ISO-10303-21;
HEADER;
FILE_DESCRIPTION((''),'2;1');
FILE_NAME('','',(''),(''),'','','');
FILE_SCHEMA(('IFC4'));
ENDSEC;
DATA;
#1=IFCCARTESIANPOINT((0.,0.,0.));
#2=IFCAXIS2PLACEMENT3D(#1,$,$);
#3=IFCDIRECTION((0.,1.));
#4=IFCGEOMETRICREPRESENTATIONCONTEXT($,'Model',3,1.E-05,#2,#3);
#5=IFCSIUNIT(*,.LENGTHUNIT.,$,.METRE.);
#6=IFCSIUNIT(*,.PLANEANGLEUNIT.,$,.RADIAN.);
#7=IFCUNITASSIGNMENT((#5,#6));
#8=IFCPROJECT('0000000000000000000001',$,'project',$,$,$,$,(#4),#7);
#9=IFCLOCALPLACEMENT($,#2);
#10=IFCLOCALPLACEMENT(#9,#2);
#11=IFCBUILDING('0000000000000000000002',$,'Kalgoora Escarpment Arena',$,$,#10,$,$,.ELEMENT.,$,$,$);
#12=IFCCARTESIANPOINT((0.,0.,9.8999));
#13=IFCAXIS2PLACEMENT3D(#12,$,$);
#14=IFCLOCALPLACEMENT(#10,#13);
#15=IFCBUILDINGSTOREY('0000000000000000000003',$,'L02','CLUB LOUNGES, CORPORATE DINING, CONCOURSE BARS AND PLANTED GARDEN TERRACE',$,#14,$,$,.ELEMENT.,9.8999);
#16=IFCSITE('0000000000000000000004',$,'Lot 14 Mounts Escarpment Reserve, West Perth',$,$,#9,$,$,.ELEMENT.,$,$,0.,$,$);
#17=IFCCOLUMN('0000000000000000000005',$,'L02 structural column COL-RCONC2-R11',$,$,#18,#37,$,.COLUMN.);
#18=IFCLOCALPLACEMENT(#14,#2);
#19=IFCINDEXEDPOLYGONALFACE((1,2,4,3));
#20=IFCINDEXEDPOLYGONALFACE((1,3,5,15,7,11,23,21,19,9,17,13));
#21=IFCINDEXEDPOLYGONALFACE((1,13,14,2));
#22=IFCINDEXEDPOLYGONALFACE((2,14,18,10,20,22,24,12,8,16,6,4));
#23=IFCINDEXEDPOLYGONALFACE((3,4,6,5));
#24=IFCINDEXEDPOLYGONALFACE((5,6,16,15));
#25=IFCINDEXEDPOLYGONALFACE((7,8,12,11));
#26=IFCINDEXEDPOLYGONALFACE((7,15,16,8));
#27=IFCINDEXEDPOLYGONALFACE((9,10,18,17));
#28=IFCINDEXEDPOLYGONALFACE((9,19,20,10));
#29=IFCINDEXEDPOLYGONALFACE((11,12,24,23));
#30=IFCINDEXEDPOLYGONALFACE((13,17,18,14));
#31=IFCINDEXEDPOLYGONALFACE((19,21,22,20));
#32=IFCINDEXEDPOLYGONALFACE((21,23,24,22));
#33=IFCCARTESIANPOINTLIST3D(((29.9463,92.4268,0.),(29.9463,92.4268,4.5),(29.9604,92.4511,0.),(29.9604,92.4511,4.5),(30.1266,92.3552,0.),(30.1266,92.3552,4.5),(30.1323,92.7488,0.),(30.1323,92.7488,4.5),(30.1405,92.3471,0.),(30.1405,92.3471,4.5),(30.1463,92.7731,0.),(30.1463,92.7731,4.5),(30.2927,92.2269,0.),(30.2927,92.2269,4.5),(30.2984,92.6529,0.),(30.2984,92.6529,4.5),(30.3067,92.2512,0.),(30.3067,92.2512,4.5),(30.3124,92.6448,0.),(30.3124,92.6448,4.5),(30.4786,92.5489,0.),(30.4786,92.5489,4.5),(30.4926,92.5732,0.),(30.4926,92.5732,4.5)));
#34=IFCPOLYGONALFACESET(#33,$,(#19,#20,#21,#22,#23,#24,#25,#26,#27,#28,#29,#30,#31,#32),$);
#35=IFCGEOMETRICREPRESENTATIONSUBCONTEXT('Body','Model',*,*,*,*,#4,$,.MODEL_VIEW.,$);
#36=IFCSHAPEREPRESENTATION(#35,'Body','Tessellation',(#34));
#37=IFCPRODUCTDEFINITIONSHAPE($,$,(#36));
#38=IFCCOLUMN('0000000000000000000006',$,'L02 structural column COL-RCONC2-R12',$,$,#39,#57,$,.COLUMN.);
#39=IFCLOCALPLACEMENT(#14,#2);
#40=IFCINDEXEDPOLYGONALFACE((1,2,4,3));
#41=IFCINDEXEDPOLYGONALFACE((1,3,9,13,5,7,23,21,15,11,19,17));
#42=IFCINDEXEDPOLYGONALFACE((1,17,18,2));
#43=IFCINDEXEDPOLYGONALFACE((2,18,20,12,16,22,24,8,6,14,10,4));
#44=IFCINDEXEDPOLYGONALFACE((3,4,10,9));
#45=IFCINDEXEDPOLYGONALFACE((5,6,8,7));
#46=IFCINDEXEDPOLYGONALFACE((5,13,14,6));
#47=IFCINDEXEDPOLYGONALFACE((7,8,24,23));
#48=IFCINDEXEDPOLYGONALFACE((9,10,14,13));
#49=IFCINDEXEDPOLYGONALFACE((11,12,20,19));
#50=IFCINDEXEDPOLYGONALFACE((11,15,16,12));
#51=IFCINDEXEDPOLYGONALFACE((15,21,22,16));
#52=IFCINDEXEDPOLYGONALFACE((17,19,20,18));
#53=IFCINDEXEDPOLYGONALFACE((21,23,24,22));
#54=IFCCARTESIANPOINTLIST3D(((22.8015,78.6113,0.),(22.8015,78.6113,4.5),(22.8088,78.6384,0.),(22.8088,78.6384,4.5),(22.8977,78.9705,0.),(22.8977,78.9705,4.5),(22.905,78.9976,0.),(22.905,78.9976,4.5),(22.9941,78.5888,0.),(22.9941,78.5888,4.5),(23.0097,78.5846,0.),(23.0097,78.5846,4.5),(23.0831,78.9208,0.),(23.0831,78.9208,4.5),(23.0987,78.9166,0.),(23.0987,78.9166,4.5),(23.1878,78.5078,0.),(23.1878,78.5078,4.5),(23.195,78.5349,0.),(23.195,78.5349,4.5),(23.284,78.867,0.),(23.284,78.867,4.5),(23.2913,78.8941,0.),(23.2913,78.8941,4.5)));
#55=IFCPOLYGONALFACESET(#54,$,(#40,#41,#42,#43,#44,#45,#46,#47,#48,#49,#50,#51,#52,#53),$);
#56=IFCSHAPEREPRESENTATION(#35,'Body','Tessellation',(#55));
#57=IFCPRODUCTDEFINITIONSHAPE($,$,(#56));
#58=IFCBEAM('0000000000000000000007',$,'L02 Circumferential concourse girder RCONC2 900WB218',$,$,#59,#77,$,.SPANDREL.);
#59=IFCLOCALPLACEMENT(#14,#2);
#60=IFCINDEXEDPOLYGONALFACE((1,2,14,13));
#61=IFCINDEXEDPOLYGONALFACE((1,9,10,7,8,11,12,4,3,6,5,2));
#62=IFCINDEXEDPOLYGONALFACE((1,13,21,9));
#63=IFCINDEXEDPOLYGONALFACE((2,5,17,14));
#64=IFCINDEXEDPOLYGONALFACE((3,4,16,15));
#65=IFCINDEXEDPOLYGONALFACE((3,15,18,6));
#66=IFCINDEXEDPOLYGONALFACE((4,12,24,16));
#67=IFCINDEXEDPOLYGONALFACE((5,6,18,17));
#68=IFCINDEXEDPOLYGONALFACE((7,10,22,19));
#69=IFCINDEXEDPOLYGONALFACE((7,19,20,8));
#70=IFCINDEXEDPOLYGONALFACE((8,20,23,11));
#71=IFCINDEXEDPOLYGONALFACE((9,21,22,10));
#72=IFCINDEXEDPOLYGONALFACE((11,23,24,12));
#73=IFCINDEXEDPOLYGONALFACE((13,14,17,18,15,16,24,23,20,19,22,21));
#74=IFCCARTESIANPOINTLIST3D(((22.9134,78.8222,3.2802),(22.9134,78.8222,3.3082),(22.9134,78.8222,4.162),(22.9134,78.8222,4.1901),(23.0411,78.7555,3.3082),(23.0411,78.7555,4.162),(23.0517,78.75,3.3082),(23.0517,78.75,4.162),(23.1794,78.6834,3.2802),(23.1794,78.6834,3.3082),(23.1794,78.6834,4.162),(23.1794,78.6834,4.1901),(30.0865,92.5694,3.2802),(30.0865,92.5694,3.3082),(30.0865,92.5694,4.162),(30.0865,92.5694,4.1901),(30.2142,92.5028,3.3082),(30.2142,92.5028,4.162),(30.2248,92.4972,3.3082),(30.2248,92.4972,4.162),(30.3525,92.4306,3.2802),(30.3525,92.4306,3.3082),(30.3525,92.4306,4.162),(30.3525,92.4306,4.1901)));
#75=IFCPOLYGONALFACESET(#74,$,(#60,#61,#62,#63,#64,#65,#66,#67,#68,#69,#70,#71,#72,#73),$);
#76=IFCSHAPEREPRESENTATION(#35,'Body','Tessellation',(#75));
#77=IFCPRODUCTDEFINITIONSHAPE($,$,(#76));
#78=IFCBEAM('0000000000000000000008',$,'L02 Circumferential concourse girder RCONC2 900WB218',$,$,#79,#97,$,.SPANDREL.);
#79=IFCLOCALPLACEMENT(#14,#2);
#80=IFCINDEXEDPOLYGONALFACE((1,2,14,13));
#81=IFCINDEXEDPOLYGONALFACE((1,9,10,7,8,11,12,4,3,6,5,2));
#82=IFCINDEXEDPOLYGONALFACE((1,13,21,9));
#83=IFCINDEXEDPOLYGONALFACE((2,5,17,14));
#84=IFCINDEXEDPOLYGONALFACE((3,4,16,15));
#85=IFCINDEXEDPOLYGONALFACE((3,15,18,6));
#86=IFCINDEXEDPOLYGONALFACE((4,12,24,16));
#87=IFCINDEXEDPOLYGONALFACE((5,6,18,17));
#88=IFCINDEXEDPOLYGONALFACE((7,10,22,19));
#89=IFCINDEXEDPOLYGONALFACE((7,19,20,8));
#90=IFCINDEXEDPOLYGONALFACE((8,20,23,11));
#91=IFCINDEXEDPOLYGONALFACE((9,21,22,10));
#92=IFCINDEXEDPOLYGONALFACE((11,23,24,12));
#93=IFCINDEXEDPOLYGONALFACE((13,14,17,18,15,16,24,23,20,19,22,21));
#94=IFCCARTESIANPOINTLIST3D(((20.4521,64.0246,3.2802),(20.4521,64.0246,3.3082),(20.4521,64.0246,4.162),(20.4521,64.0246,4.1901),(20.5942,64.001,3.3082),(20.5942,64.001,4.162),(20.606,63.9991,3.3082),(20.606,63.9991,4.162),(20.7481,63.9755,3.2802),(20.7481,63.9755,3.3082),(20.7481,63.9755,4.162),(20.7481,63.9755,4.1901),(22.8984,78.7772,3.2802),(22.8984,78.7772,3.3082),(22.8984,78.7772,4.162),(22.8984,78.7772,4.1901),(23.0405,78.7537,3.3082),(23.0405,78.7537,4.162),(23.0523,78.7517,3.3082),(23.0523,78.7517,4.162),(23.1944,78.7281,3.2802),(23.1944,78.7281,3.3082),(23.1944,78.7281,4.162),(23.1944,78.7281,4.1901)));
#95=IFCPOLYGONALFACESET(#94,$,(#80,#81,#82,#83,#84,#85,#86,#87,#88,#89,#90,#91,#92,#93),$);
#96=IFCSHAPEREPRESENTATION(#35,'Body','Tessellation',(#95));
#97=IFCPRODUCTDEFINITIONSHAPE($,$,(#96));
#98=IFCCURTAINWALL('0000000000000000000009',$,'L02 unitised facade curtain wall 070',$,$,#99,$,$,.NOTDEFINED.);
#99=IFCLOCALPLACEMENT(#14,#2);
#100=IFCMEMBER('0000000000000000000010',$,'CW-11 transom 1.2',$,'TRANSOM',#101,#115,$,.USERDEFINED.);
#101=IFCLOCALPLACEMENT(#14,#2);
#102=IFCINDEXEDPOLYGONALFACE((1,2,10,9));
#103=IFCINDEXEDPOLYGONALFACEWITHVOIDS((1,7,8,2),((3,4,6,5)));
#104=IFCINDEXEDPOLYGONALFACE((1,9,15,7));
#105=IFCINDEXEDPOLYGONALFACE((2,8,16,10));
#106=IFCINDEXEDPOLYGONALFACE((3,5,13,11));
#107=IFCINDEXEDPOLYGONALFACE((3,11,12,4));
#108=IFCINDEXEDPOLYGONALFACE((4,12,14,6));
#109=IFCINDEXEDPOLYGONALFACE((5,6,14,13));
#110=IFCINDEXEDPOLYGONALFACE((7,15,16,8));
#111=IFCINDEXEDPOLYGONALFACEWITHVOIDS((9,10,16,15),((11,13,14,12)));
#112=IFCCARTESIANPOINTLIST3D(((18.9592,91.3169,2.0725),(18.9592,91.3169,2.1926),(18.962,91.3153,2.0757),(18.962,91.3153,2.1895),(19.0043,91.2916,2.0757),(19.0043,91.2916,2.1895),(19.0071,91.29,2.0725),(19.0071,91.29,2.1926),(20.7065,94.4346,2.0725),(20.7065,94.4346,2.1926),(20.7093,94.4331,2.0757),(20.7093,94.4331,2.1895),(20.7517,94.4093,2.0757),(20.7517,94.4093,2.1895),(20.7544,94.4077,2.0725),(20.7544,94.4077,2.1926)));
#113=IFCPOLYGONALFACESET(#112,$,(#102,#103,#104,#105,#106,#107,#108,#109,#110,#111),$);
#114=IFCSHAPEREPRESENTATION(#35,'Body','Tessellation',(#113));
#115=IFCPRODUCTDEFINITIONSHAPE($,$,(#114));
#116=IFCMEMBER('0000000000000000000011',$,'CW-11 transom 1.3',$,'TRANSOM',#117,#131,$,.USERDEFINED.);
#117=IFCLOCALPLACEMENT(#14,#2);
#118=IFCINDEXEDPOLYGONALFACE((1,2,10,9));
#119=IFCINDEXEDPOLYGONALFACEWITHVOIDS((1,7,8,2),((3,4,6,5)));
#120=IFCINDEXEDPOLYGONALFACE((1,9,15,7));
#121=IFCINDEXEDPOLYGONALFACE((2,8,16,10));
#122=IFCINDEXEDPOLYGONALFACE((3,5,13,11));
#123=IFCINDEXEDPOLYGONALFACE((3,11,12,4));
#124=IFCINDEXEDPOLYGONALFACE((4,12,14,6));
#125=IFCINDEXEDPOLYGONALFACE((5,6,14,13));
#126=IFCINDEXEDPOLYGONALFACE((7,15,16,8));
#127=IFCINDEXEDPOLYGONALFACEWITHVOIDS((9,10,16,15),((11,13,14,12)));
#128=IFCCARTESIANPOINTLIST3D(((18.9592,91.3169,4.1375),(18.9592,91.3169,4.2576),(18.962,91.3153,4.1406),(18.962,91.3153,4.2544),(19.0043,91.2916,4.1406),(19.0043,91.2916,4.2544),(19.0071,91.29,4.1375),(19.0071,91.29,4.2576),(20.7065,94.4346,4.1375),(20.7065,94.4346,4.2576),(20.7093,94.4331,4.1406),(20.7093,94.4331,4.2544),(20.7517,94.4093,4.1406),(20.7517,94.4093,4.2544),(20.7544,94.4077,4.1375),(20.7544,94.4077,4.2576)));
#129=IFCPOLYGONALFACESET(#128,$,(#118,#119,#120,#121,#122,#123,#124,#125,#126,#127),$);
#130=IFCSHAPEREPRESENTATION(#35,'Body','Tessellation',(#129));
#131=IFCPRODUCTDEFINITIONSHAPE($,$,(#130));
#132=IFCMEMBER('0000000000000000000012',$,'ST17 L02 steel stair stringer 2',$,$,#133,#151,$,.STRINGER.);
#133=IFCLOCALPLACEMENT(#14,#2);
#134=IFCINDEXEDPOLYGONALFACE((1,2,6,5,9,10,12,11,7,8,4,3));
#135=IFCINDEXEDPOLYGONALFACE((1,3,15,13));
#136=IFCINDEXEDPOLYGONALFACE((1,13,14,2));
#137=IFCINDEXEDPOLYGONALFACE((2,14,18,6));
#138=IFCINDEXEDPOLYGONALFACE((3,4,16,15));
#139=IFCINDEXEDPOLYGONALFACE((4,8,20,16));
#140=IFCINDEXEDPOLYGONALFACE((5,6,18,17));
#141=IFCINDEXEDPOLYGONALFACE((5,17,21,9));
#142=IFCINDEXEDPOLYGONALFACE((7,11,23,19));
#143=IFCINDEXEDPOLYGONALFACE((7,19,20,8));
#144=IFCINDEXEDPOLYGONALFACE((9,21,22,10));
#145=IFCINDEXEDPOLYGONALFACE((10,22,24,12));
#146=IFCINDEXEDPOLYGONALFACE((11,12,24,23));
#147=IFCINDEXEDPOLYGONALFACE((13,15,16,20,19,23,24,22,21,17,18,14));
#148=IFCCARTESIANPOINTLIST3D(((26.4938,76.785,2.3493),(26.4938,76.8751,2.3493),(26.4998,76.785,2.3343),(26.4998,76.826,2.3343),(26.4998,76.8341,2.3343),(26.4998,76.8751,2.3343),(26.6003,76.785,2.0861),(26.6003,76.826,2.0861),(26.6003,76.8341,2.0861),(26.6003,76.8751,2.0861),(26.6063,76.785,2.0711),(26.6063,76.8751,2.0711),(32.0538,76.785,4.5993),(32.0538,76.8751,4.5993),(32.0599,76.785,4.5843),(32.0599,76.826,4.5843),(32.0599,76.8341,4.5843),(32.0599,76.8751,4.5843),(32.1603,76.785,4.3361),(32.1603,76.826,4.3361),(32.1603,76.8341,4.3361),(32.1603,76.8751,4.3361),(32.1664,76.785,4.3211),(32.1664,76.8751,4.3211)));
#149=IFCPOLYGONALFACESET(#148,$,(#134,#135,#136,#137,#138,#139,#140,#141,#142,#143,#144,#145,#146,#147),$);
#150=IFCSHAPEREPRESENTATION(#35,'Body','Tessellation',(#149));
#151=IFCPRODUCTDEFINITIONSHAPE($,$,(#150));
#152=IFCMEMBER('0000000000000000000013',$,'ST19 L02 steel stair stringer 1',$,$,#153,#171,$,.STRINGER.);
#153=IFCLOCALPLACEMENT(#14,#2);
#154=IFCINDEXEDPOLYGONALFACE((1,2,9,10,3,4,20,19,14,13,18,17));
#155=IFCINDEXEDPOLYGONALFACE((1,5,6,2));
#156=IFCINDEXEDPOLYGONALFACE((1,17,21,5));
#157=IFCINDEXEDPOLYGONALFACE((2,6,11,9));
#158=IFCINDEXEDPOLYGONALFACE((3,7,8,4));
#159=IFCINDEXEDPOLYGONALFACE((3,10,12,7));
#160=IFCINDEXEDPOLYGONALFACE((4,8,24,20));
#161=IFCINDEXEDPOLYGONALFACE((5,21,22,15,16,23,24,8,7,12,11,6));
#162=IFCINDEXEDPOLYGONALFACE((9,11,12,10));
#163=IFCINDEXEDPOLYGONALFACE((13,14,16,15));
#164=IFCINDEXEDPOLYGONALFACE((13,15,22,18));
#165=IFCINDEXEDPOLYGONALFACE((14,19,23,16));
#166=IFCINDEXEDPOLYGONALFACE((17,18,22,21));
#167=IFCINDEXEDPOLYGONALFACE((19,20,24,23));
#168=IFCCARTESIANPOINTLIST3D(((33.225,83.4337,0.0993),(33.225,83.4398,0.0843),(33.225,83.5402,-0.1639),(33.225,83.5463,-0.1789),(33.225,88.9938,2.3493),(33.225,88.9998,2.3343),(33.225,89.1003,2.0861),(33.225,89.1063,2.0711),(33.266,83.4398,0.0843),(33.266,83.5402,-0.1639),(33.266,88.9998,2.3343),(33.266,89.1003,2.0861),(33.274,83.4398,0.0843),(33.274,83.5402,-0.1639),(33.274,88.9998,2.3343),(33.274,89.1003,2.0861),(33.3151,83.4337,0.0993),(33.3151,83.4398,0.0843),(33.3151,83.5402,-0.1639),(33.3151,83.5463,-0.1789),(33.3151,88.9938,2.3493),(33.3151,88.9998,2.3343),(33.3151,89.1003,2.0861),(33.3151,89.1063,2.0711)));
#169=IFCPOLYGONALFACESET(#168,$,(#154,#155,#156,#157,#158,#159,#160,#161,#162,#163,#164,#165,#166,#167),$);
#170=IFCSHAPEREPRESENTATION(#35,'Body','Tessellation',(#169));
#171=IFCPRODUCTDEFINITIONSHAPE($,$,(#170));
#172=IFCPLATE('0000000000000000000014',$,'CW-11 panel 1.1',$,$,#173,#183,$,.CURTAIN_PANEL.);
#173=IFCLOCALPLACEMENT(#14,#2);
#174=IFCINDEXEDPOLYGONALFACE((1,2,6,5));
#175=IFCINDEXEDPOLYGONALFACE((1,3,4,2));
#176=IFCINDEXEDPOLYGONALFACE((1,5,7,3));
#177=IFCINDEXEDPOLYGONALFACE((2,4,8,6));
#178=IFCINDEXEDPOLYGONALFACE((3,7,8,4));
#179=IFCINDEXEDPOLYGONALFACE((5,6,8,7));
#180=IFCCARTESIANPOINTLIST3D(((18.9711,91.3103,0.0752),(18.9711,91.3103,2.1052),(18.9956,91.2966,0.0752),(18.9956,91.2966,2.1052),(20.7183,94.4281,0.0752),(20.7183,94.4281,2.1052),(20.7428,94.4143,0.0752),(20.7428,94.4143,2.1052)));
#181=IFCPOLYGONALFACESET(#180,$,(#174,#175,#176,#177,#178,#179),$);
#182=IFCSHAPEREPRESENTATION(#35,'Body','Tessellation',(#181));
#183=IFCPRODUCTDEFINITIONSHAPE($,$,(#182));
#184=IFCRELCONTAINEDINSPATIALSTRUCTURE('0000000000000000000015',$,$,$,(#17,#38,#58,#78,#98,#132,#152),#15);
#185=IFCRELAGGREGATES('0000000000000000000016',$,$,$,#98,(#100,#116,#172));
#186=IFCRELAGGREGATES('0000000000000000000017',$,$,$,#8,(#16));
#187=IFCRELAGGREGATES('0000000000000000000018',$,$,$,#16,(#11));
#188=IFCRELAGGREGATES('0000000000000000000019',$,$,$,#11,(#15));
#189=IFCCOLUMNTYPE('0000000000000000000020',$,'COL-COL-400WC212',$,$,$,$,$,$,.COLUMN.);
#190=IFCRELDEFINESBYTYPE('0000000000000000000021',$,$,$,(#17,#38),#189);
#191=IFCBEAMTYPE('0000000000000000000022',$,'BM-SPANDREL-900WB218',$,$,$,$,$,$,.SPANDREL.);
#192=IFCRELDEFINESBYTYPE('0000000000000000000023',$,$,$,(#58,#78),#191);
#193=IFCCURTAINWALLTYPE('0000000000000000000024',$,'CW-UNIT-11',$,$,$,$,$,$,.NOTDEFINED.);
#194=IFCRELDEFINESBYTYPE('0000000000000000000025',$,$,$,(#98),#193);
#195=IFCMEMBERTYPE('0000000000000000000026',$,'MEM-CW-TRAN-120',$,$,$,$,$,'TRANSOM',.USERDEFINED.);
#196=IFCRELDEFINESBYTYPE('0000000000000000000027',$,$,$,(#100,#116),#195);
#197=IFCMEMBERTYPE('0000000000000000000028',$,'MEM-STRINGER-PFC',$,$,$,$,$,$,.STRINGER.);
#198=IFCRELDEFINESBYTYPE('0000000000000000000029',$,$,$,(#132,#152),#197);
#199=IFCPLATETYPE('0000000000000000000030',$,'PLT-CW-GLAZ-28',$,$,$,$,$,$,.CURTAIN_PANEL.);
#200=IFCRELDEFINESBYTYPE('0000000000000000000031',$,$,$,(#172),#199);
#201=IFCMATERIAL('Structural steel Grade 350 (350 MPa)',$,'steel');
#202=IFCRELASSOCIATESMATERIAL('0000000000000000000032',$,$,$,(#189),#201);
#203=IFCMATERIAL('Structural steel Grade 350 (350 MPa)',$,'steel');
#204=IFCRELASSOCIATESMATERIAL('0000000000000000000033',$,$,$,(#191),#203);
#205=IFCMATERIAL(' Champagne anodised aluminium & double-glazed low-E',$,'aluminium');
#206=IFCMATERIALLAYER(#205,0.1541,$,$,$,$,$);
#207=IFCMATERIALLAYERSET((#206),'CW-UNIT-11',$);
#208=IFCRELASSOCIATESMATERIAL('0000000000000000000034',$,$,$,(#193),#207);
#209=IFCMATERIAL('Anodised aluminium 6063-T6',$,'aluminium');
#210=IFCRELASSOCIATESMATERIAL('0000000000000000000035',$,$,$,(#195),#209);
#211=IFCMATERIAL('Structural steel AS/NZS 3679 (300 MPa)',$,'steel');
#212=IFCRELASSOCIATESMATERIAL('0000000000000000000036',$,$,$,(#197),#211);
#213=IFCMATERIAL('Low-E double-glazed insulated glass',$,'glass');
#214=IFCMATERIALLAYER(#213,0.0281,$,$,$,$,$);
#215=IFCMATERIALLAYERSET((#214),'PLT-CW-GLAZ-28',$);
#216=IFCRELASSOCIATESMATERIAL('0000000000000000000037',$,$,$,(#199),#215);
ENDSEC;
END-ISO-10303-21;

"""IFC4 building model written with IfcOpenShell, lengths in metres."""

from ifc_helpers import new_model, si_unit, direction, frame, origin, origin_2d, place, context, subcontext, project, spatial, rectangle, hollow_rectangle, i_section, extrude, material, layer, layer_set, material_profile, profile_set, type_object, element, aggregate, save


model = new_model("IFC4")

# Units and contexts
model_context = context("Model", 3, precision=1e-05, world=origin(), true_north=direction((0.0, 1.0)))
body_context = subcontext(model_context, "Body", "Model", "MODEL_VIEW")
ifc_project = project(units=[si_unit("LENGTHUNIT", "METRE"), si_unit("PLANEANGLEUNIT", "RADIAN")], contexts=[model_context])

# Site, building, storey
site_placement = place(None, origin())
site = spatial("IfcSite", under=ifc_project, at=site_placement, Name="Lot 14 Mounts Escarpment Reserve, West Perth", CompositionType="ELEMENT", RefElevation=0.0)
building_placement = place(site_placement, origin())
building = spatial("IfcBuilding", under=site, at=building_placement, Name="Kalgoora Escarpment Arena", CompositionType="ELEMENT")
storey_placement = place(building_placement, frame((0.0, 0.0, 9.8999)))
storey = spatial("IfcBuildingStorey", under=building, at=storey_placement, Name="L02", Description="CLUB LOUNGES, CORPORATE DINING, CONCOURSE BARS AND PLANTED GARDEN TERRACE", CompositionType="ELEMENT", Elevation=9.8999)

# Columns
ifc_material_1 = material(Name="Structural steel Grade 350 (350 MPa)", Category="steel")
ifc_material_profile_1 = material_profile(ifc_material_1, i_section(OverallWidth=0.3999, OverallDepth=0.3999, WebThickness=0.0161, FlangeThickness=0.0281, at=origin_2d()))
ifc_profile_set_1 = profile_set([ifc_material_profile_1], Name="Structural steel Grade 350 (350 MPa)")
column_type = type_object("IfcColumnType", Name="COL-COL-400WC212", PredefinedType="COLUMN", material=ifc_profile_set_1)
for number, where, z_axis, x_axis, name in (
    (1, (30.2195, 92.5, 0.0), (0.0, 0.0, 1.0), (-0.866025, 0.5, 0.0), "L02 structural column COL-RCONC2-R11"),
    (2, (23.0464, 78.7527, 0.0), (0.0, 0.0, 1.0), (-0.965926, 0.258819, 0.0), "L02 structural column COL-RCONC2-R12"),
):
    element("IfcColumn", number, at=place(storey_placement, frame(where, z_axis=z_axis, x_axis=x_axis)), inside=storey, type_object=column_type, Name=name, PredefinedType="COLUMN", context=body_context, shape_type="SweptSolid", body=[
        extrude(i_section(OverallWidth=0.3999, OverallDepth=0.3999, WebThickness=0.0161, FlangeThickness=0.0281, at=origin_2d()), origin(), (0.0, 0.0, 1.0), 4.5),
    ])

# Beams
ifc_material_2 = material(Name="Structural steel Grade 350 (350 MPa)", Category="steel")
ifc_material_profile_2 = material_profile(ifc_material_2, i_section(OverallWidth=0.3, OverallDepth=0.9099, WebThickness=0.012, FlangeThickness=0.0281, at=origin_2d()))
ifc_profile_set_2 = profile_set([ifc_material_profile_2], Name="Structural steel Grade 350 (350 MPa)")
beam_type = type_object("IfcBeamType", Name="BM-SPANDREL-900WB218", PredefinedType="SPANDREL", material=ifc_profile_set_2)
beam_1_placement = place(storey_placement, frame((30.2195, 92.5, 3.7351), z_axis=(-0.462596, -0.886569, 0.0), x_axis=(0.886569, -0.462596, 0.0)))
element("IfcBeam", 3, at=beam_1_placement, inside=storey, type_object=beam_type, Name="L02 Circumferential concourse girder RCONC2 900WB218", PredefinedType="SPANDREL", context=body_context, shape_type="SweptSolid", body=[
    extrude(i_section(OverallWidth=0.3, OverallDepth=0.9099, WebThickness=0.012, FlangeThickness=0.0281, at=origin_2d()), origin(), (0.0, 0.0, 1.0), 15.5061),
])
beam_2_placement = place(storey_placement, frame((23.0464, 78.7527, 3.7351), z_axis=(-0.163586, -0.986529, 0.0), x_axis=(0.986529, -0.163586, 0.0)))
element("IfcBeam", 4, at=beam_2_placement, inside=storey, type_object=beam_type, Name="L02 Circumferential concourse girder RCONC2 900WB218", PredefinedType="SPANDREL", context=body_context, shape_type="SweptSolid", body=[
    extrude(i_section(OverallWidth=0.3, OverallDepth=0.9099, WebThickness=0.012, FlangeThickness=0.0281, at=origin_2d()), origin(), (0.0, 0.0, 1.0), 14.9541),
])

# Curtain wall, members
ifc_material_3 = material(Name=" Champagne anodised aluminium & double-glazed low-E", Category="aluminium")
ifc_layer_1 = layer(ifc_material_3, 0.1541)
ifc_layer_set_1 = layer_set([ifc_layer_1], Name="CW-UNIT-11")
curtain_wall_type = type_object("IfcCurtainWallType", Name="CW-UNIT-11", PredefinedType="NOTDEFINED", material=ifc_layer_set_1)
curtain_wall_placement = place(storey_placement, origin())
curtain_wall = element("IfcCurtainWall", 5, at=curtain_wall_placement, inside=storey, type_object=curtain_wall_type, Name="L02 unitised facade curtain wall 070", PredefinedType="NOTDEFINED")
ifc_material_4 = material(Name="Anodised aluminium 6063-T6", Category="aluminium")
ifc_material_profile_3 = material_profile(ifc_material_4, hollow_rectangle(XDim=0.0549, YDim=0.1201, WallThickness=0.0032, at=origin_2d()))
ifc_profile_set_3 = profile_set([ifc_material_profile_3], Name="Anodised aluminium 6063-T6")
member_type_1 = type_object("IfcMemberType", Name="MEM-CW-TRAN-120", ElementType="TRANSOM", PredefinedType="USERDEFINED", material=ifc_profile_set_3)
member_1_placement = place(storey_placement, frame((18.9832, 91.3035, 2.1326), z_axis=(0.488905, 0.872337, 0.0), x_axis=(-0.872337, 0.488905, 0.0)))
member_1 = element("IfcMember", 6, at=member_1_placement, type_object=member_type_1, Name="CW-11 transom 1.2", ObjectType="TRANSOM", PredefinedType="USERDEFINED", context=body_context, shape_type="SweptSolid", body=[
    extrude(hollow_rectangle(XDim=0.0549, YDim=0.1201, WallThickness=0.0032, at=origin_2d()), origin(), (0.0, 0.0, 1.0), 3.574),
])
member_2_placement = place(storey_placement, frame((18.9832, 91.3035, 4.1975), z_axis=(0.488905, 0.872337, 0.0), x_axis=(-0.872337, 0.488905, 0.0)))
member_2 = element("IfcMember", 7, at=member_2_placement, type_object=member_type_1, Name="CW-11 transom 1.3", ObjectType="TRANSOM", PredefinedType="USERDEFINED", context=body_context, shape_type="SweptSolid", body=[
    extrude(hollow_rectangle(XDim=0.0549, YDim=0.1201, WallThickness=0.0032, at=origin_2d()), origin(), (0.0, 0.0, 1.0), 3.574),
])

# Members
ifc_material_5 = material(Name="Structural steel AS/NZS 3679 (300 MPa)", Category="steel")
ifc_material_profile_4 = material_profile(ifc_material_5, i_section(OverallWidth=0.0901, OverallDepth=0.3, WebThickness=0.0081, FlangeThickness=0.0161, at=origin_2d()))
ifc_profile_set_4 = profile_set([ifc_material_profile_4], Name="Structural steel AS/NZS 3679 (300 MPa)")
member_type_2 = type_object("IfcMemberType", Name="MEM-STRINGER-PFC", PredefinedType="STRINGER", material=ifc_profile_set_4)
for number, where, z_axis, x_axis, name in (
    (8, (26.55, 76.8301, 2.2102), (0.926976, 0.0, 0.375121), (0.0, 1.0, 0.0), "ST17 L02 steel stair stringer 2"),
    (9, (33.27, 83.49, -0.0398), (0.0, 0.926976, 0.375121), (-1.0, 0.0, 0.0), "ST19 L02 steel stair stringer 1"),
):
    element("IfcMember", number, at=place(storey_placement, frame(where, z_axis=z_axis, x_axis=x_axis)), inside=storey, type_object=member_type_2, Name=name, PredefinedType="STRINGER", context=body_context, shape_type="SweptSolid", body=[
        extrude(i_section(OverallWidth=0.0901, OverallDepth=0.3, WebThickness=0.0081, FlangeThickness=0.0161, at=origin_2d()), origin(), (0.0, 0.0, 1.0), 5.998),
    ])

# Plate
ifc_material_6 = material(Name="Low-E double-glazed insulated glass", Category="glass")
ifc_layer_2 = layer(ifc_material_6, 0.0281)
ifc_layer_set_2 = layer_set([ifc_layer_2], Name="PLT-CW-GLAZ-28")
plate_type = type_object("IfcPlateType", Name="PLT-CW-GLAZ-28", PredefinedType="CURTAIN_PANEL", material=ifc_layer_set_2)
plate_1_placement = place(storey_placement, frame((19.8569, 92.8623, 0.0752), z_axis=(0.0, 0.0, 1.0), x_axis=(0.488871, 0.872356, 0.0)))
plate_1 = element("IfcPlate", 10, at=plate_1_placement, type_object=plate_type, Name="CW-11 panel 1.1", PredefinedType="CURTAIN_PANEL", context=body_context, shape_type="SweptSolid", body=[
    extrude(rectangle(XDim=3.574, YDim=0.0281, at=origin_2d()), origin(), (0.0, 0.0, 1.0), 2.03),
])
aggregate(curtain_wall, [member_1, member_2, plate_1])

save(model, "model.ifc")
